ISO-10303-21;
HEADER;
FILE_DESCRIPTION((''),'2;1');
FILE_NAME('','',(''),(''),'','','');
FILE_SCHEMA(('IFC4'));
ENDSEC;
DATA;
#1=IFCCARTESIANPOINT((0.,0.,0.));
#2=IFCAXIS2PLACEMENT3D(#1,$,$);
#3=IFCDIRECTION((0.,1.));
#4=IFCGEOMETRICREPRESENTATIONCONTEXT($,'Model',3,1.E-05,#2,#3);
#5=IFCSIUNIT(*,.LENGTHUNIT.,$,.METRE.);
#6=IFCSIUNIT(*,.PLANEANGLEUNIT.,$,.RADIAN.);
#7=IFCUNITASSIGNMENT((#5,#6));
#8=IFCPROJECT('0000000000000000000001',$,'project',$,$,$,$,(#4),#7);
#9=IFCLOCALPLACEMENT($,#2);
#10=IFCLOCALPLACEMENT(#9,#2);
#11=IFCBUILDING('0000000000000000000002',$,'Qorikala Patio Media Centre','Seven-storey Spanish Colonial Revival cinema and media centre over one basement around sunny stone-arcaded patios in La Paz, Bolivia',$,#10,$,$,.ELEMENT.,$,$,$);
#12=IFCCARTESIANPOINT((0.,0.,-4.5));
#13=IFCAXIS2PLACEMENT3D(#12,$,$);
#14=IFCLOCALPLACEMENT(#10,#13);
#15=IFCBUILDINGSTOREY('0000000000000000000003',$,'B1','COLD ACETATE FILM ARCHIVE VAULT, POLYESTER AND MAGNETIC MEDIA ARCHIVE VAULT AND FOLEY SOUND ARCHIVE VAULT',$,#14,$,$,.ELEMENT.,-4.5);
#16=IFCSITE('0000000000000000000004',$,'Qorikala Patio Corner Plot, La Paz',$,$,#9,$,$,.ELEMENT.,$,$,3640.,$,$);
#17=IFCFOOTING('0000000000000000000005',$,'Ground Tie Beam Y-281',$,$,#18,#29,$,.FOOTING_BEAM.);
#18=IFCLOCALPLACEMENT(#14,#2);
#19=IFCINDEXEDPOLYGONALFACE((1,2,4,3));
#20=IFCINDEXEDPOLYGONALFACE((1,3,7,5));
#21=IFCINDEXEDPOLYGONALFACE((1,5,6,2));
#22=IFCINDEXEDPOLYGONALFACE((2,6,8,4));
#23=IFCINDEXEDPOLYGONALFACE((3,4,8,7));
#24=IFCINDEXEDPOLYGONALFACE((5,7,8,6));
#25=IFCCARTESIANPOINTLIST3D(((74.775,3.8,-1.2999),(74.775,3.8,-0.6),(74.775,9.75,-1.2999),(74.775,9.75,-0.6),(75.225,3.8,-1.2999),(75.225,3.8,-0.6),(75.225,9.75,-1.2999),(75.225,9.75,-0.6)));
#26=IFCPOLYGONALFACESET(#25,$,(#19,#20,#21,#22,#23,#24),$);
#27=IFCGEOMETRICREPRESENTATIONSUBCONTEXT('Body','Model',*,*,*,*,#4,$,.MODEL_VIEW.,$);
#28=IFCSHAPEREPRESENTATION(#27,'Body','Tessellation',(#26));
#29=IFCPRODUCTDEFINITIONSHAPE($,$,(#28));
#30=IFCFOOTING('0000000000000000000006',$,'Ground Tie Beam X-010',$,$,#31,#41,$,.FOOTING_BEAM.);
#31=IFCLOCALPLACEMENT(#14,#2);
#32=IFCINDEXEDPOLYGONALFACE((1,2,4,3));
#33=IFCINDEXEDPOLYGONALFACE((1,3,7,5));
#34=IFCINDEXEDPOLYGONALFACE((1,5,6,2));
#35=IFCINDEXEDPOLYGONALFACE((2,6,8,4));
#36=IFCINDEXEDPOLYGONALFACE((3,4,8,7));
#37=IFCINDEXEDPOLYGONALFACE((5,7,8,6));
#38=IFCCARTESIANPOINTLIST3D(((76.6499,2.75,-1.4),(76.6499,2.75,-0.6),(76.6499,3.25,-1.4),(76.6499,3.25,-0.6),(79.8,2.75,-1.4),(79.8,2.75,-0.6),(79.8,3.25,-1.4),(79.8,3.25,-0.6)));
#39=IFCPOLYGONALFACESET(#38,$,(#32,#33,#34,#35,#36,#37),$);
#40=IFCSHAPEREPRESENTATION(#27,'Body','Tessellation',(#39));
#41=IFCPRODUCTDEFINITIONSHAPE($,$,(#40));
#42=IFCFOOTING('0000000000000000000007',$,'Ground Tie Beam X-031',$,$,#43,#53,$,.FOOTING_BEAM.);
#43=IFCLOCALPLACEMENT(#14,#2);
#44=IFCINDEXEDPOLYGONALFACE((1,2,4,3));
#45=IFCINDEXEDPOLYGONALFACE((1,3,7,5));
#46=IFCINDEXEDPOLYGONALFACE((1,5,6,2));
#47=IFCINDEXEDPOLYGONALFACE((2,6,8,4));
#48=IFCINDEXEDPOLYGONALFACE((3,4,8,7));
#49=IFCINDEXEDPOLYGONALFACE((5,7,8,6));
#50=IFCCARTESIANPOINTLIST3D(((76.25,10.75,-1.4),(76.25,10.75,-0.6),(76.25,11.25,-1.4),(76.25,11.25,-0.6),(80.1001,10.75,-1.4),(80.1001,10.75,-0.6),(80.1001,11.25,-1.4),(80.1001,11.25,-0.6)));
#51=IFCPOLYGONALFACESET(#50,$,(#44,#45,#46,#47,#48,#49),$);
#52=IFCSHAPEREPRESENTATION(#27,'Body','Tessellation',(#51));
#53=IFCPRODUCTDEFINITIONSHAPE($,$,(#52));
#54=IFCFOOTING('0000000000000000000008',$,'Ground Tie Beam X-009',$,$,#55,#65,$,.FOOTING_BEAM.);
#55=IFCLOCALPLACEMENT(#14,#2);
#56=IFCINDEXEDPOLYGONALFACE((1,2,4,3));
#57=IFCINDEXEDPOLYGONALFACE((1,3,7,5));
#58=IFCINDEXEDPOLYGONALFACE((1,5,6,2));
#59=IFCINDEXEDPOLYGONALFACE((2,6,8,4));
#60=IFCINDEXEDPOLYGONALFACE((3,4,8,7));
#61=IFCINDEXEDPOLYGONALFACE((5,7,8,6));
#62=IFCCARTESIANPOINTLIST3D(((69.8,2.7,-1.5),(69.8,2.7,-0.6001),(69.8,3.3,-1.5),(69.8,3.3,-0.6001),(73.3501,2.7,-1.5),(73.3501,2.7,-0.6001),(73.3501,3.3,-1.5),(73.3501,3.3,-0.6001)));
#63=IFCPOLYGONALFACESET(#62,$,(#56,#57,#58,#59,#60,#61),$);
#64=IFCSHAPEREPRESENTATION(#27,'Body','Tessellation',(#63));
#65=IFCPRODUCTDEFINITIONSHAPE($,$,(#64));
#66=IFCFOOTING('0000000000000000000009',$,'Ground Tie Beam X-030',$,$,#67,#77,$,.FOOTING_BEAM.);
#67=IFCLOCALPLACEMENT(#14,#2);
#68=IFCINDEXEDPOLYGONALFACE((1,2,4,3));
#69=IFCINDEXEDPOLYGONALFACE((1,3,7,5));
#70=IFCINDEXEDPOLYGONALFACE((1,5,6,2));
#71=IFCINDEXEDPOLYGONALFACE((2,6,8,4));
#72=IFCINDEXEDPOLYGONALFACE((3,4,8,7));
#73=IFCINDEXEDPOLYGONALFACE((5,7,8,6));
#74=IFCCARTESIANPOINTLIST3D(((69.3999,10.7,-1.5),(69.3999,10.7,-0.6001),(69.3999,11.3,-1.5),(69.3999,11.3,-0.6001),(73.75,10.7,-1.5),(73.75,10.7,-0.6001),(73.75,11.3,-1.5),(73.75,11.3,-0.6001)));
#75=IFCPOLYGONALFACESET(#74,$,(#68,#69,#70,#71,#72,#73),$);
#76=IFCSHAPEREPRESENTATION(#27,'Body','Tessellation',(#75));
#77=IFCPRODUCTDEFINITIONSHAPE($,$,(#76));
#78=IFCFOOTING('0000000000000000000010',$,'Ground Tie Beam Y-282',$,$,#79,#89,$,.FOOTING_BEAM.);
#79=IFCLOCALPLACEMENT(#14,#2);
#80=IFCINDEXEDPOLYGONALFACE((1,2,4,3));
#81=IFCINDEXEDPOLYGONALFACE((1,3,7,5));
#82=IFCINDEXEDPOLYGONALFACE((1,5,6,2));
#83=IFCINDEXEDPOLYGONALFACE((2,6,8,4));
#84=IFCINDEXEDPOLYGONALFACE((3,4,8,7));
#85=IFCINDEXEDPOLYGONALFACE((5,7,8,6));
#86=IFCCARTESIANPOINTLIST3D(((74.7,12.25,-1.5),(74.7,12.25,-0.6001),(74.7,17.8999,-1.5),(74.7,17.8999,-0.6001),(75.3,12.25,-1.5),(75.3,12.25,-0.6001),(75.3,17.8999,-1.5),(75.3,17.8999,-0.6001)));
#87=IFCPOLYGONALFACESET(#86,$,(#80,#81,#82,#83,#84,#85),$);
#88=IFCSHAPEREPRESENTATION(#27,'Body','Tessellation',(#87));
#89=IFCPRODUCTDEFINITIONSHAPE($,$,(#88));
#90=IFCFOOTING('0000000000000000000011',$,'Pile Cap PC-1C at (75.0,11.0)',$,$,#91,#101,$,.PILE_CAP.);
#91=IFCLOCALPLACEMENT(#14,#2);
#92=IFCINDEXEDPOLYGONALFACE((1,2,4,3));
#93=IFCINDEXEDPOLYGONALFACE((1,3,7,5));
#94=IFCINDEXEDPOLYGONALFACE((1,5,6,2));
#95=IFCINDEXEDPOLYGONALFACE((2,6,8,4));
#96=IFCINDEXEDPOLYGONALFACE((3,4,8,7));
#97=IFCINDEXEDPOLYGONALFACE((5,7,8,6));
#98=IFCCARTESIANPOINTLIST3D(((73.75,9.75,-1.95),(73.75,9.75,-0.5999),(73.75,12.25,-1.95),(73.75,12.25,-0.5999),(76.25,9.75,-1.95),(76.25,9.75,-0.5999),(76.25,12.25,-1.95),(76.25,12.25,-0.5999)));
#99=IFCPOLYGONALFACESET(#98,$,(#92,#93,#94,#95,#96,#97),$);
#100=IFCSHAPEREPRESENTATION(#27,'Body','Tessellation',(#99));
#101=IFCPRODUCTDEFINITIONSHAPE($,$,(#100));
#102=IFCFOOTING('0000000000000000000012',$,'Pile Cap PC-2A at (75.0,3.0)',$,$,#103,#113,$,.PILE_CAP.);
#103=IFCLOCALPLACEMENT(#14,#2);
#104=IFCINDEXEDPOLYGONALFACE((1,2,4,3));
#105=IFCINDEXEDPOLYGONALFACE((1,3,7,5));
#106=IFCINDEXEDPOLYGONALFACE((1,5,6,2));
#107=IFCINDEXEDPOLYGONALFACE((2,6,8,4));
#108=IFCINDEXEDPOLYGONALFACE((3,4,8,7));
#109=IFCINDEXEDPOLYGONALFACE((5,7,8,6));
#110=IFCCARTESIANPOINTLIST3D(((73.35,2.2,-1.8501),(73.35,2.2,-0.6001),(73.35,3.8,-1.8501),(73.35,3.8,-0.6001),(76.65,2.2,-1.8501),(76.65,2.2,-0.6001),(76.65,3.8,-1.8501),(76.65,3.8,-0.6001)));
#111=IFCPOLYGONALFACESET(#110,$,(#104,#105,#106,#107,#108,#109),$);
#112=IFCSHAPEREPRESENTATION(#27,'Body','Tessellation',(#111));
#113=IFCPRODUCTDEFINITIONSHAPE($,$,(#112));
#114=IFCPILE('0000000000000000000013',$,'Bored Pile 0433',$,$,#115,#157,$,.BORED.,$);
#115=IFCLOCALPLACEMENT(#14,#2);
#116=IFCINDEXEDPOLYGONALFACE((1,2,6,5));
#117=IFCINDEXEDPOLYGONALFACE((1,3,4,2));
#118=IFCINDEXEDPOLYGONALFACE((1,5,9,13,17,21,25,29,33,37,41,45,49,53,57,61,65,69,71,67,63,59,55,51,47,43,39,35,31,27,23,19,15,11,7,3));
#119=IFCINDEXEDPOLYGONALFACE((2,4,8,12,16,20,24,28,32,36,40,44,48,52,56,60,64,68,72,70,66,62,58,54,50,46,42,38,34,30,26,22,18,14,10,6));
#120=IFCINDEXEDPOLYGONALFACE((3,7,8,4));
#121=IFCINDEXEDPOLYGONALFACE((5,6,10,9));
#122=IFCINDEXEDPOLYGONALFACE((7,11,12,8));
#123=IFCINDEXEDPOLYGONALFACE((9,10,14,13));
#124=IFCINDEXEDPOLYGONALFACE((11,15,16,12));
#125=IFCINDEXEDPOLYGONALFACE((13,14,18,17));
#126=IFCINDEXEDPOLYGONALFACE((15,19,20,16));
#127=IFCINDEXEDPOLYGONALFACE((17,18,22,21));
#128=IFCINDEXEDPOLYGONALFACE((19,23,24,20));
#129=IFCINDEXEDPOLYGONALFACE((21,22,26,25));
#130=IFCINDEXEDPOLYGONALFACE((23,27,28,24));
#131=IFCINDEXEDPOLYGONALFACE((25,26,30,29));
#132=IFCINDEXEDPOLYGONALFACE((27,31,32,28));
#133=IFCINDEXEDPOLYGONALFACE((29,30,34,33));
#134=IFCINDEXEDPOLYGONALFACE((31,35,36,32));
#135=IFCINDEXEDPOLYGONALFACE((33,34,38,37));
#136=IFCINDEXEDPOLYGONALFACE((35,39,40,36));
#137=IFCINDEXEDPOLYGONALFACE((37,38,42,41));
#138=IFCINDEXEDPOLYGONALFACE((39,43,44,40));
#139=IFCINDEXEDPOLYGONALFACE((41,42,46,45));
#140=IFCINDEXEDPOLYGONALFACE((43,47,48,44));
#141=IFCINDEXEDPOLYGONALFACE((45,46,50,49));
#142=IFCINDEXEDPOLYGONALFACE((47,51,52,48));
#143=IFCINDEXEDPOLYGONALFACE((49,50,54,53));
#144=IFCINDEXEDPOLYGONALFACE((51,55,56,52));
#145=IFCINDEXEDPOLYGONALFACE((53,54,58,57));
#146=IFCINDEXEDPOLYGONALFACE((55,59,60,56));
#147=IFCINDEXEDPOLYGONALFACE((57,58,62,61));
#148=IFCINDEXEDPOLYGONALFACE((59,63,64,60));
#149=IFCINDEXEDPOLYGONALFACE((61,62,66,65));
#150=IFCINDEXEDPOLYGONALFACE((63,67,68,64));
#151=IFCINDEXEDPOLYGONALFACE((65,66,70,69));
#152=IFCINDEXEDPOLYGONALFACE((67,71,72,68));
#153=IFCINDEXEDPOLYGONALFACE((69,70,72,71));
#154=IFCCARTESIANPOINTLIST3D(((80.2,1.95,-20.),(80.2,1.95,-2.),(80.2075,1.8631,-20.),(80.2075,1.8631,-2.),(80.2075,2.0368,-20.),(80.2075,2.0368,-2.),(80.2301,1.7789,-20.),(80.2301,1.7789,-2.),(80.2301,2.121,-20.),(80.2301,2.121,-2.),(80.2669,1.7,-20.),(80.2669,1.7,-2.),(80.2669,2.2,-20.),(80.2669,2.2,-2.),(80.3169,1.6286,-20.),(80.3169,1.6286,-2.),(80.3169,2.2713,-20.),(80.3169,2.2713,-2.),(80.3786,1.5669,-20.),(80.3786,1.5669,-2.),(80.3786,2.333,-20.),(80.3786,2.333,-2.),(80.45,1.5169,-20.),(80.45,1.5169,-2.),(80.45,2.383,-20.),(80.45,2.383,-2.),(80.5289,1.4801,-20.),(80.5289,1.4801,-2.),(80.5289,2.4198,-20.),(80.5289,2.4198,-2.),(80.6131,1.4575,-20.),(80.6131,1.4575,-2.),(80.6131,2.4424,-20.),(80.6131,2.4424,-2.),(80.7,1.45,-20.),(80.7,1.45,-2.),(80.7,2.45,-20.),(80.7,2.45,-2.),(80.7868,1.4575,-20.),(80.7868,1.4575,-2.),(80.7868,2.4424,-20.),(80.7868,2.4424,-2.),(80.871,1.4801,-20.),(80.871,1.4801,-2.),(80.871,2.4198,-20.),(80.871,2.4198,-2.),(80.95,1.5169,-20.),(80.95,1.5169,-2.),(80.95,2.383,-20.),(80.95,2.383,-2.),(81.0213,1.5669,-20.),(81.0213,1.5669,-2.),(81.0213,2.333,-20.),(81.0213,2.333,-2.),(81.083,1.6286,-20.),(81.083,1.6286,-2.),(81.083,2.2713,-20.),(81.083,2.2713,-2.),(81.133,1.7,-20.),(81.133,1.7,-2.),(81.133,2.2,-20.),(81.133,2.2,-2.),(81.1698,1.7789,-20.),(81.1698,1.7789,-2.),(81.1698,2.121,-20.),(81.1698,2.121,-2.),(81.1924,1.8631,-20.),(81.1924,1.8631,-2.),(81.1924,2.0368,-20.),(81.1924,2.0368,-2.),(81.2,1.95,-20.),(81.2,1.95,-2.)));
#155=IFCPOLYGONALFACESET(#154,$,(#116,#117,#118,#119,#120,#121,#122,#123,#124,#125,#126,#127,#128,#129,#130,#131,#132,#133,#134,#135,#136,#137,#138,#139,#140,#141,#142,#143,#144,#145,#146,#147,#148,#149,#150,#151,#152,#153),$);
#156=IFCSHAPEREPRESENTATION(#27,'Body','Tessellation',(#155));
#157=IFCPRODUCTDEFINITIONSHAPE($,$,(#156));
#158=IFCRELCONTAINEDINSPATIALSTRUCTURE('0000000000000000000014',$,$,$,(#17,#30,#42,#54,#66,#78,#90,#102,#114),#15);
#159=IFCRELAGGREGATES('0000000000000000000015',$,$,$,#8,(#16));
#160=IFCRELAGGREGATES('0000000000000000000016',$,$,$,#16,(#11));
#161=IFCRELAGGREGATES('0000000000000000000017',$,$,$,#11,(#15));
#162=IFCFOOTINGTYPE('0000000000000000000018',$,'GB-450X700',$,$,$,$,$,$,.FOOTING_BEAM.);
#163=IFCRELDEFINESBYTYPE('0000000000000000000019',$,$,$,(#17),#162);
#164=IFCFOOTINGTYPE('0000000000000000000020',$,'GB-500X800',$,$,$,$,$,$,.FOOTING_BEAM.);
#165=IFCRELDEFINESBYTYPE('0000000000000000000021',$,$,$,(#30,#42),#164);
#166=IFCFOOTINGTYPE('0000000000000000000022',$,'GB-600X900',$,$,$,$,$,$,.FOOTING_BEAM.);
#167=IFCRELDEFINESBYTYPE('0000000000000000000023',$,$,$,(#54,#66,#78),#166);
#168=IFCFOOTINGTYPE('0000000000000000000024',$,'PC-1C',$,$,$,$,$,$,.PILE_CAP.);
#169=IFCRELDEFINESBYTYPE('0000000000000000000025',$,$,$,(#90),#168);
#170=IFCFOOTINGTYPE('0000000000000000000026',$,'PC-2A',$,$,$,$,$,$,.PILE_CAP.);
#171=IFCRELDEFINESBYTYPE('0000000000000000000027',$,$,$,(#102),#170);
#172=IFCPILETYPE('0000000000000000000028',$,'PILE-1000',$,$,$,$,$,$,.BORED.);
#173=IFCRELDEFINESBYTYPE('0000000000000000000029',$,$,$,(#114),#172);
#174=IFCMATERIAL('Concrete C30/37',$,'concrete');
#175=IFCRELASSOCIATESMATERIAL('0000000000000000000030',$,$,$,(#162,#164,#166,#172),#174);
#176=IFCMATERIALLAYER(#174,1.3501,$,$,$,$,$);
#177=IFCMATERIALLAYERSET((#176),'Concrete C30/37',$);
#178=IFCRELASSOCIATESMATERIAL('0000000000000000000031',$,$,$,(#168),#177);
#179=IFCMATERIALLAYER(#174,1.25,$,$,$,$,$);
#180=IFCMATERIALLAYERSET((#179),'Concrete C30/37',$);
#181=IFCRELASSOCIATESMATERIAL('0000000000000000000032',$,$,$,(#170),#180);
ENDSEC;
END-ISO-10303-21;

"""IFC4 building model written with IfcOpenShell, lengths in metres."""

from ifc_helpers import new_model, si_unit, direction, frame, origin, origin_2d, place, context, subcontext, project, spatial, rectangle, circle, extrude, material, layer, layer_set, material_profile, profile_set, type_object, element, save


model = new_model("IFC4")

# Units and contexts
model_context = context("Model", 3, precision=1e-05, world=origin(), true_north=direction((0.0, 1.0)))
body_context = subcontext(model_context, "Body", "Model", "MODEL_VIEW")
ifc_project = project(units=[si_unit("LENGTHUNIT", "METRE"), si_unit("PLANEANGLEUNIT", "RADIAN")], contexts=[model_context])

# Site, building, storey
site_placement = place(None, origin())
site = spatial("IfcSite", under=ifc_project, at=site_placement, Name="Qorikala Patio Corner Plot, La Paz", CompositionType="ELEMENT", RefElevation=3640.0)
building_placement = place(site_placement, origin())
building = spatial("IfcBuilding", under=site, at=building_placement, Name="Qorikala Patio Media Centre", Description="Seven-storey Spanish Colonial Revival cinema and media centre over one basement around sunny stone-arcaded patios in La Paz, Bolivia", CompositionType="ELEMENT")
storey_placement = place(building_placement, frame((0.0, 0.0, -4.5)))
storey = spatial("IfcBuildingStorey", under=building, at=storey_placement, Name="B1", Description="COLD ACETATE FILM ARCHIVE VAULT, POLYESTER AND MAGNETIC MEDIA ARCHIVE VAULT AND FOLEY SOUND ARCHIVE VAULT", CompositionType="ELEMENT", Elevation=-4.5)

# Footings
ifc_material_1 = material(Name="Concrete C30/37", Category="concrete")
ifc_material_profile_1 = material_profile(ifc_material_1, rectangle(XDim=0.45, YDim=0.7, at=origin_2d()), Name="RC 450x700")
ifc_profile_set_1 = profile_set([ifc_material_profile_1], Name="Concrete C30/37")
footing_type_1 = type_object("IfcFootingType", Name="GB-450X700", PredefinedType="FOOTING_BEAM", material=ifc_profile_set_1)
footing_1_placement = place(storey_placement, frame((75.0, 3.8, -0.95), z_axis=(0.0, 1.0, 0.0), x_axis=(-1.0, 0.0, 0.0)))
element("IfcFooting", 1, at=footing_1_placement, inside=storey, type_object=footing_type_1, Name="Ground Tie Beam Y-281", PredefinedType="FOOTING_BEAM", context=body_context, shape_type="SweptSolid", body=[
    extrude(rectangle(XDim=0.45, YDim=0.7, at=origin_2d()), origin(), (0.0, 0.0, 1.0), 5.95),
])
ifc_material_profile_2 = material_profile(ifc_material_1, rectangle(XDim=0.5, YDim=0.8, at=origin_2d()), Name="RC 500x800")
ifc_profile_set_2 = profile_set([ifc_material_profile_2], Name="Concrete C30/37")
footing_type_2 = type_object("IfcFootingType", Name="GB-500X800", PredefinedType="FOOTING_BEAM", material=ifc_profile_set_2)
footing_2_placement = place(storey_placement, frame((76.6499, 3.0, -1.0), z_axis=(1.0, 0.0, 0.0), x_axis=(0.0, 1.0, 0.0)))
element("IfcFooting", 2, at=footing_2_placement, inside=storey, type_object=footing_type_2, Name="Ground Tie Beam X-010", PredefinedType="FOOTING_BEAM", context=body_context, shape_type="SweptSolid", body=[
    extrude(rectangle(XDim=0.5, YDim=0.8, at=origin_2d()), origin(), (0.0, 0.0, 1.0), 3.1501),
])
footing_3_placement = place(storey_placement, frame((76.25, 11.0, -1.0), z_axis=(1.0, 0.0, 0.0), x_axis=(0.0, 1.0, 0.0)))
element("IfcFooting", 3, at=footing_3_placement, inside=storey, type_object=footing_type_2, Name="Ground Tie Beam X-031", PredefinedType="FOOTING_BEAM", context=body_context, shape_type="SweptSolid", body=[
    extrude(rectangle(XDim=0.5, YDim=0.8, at=origin_2d()), origin(), (0.0, 0.0, 1.0), 3.8501),
])
ifc_material_profile_3 = material_profile(ifc_material_1, rectangle(XDim=0.6001, YDim=0.8999, at=origin_2d()), Name="RC 600x900")
ifc_profile_set_3 = profile_set([ifc_material_profile_3], Name="Concrete C30/37")
footing_type_3 = type_object("IfcFootingType", Name="GB-600X900", PredefinedType="FOOTING_BEAM", material=ifc_profile_set_3)
footing_4_placement = place(storey_placement, frame((69.8, 3.0, -1.05), z_axis=(1.0, 0.0, 0.0), x_axis=(0.0, 1.0, 0.0)))
element("IfcFooting", 4, at=footing_4_placement, inside=storey, type_object=footing_type_3, Name="Ground Tie Beam X-009", PredefinedType="FOOTING_BEAM", context=body_context, shape_type="SweptSolid", body=[
    extrude(rectangle(XDim=0.6001, YDim=0.8999, at=origin_2d()), origin(), (0.0, 0.0, 1.0), 3.55),
])
footing_5_placement = place(storey_placement, frame((69.3999, 11.0, -1.05), z_axis=(1.0, 0.0, 0.0), x_axis=(0.0, 1.0, 0.0)))
element("IfcFooting", 5, at=footing_5_placement, inside=storey, type_object=footing_type_3, Name="Ground Tie Beam X-030", PredefinedType="FOOTING_BEAM", context=body_context, shape_type="SweptSolid", body=[
    extrude(rectangle(XDim=0.6001, YDim=0.8999, at=origin_2d()), origin(), (0.0, 0.0, 1.0), 4.3501),
])
footing_6_placement = place(storey_placement, frame((75.0, 12.25, -1.05), z_axis=(0.0, 1.0, 0.0), x_axis=(-1.0, 0.0, 0.0)))
element("IfcFooting", 6, at=footing_6_placement, inside=storey, type_object=footing_type_3, Name="Ground Tie Beam Y-282", PredefinedType="FOOTING_BEAM", context=body_context, shape_type="SweptSolid", body=[
    extrude(rectangle(XDim=0.6001, YDim=0.8999, at=origin_2d()), origin(), (0.0, 0.0, 1.0), 5.6499),
])
ifc_layer_1 = layer(ifc_material_1, 1.3501)
ifc_layer_set_1 = layer_set([ifc_layer_1], Name="Concrete C30/37")
footing_type_4 = type_object("IfcFootingType", Name="PC-1C", PredefinedType="PILE_CAP", material=ifc_layer_set_1)
footing_7_placement = place(storey_placement, frame((75.0, 11.0, -1.95), z_axis=(0.0, 0.0, 1.0), x_axis=(1.0, 0.0, 0.0)))
element("IfcFooting", 7, at=footing_7_placement, inside=storey, type_object=footing_type_4, Name="Pile Cap PC-1C at (75.0,11.0)", PredefinedType="PILE_CAP", context=body_context, shape_type="SweptSolid", body=[
    extrude(rectangle(XDim=2.5, YDim=2.5, at=origin_2d()), origin(), (0.0, 0.0, 1.0), 1.3501),
])
ifc_layer_2 = layer(ifc_material_1, 1.25)
ifc_layer_set_2 = layer_set([ifc_layer_2], Name="Concrete C30/37")
footing_type_5 = type_object("IfcFootingType", Name="PC-2A", PredefinedType="PILE_CAP", material=ifc_layer_set_2)
footing_8_placement = place(storey_placement, frame((75.0, 3.0, -1.8501), z_axis=(0.0, 0.0, 1.0), x_axis=(1.0, 0.0, 0.0)))
element("IfcFooting", 8, at=footing_8_placement, inside=storey, type_object=footing_type_5, Name="Pile Cap PC-2A at (75.0,3.0)", PredefinedType="PILE_CAP", context=body_context, shape_type="SweptSolid", body=[
    extrude(rectangle(XDim=3.3, YDim=1.6001, at=origin_2d()), origin(), (0.0, 0.0, 1.0), 1.25),
])

# Pile
ifc_material_profile_4 = material_profile(ifc_material_1, circle(Radius=0.5, at=origin_2d()), Name="BORED PILE 1000")
ifc_profile_set_4 = profile_set([ifc_material_profile_4], Name="Concrete C30/37")
pile_type_1 = type_object("IfcPileType", Name="PILE-1000", PredefinedType="BORED", material=ifc_profile_set_4)
pile_1_placement = place(storey_placement, frame((80.7, 1.95, -2.0), z_axis=(0.0, 0.0, -1.0), x_axis=(1.0, 0.0, 0.0)))
element("IfcPile", 9, at=pile_1_placement, inside=storey, type_object=pile_type_1, Name="Bored Pile 0433", PredefinedType="BORED", context=body_context, shape_type="SweptSolid", body=[
    extrude(circle(Radius=0.5, at=origin_2d()), origin(), (0.0, 0.0, 1.0), 18.0),
])

save(model, "model.ifc")
